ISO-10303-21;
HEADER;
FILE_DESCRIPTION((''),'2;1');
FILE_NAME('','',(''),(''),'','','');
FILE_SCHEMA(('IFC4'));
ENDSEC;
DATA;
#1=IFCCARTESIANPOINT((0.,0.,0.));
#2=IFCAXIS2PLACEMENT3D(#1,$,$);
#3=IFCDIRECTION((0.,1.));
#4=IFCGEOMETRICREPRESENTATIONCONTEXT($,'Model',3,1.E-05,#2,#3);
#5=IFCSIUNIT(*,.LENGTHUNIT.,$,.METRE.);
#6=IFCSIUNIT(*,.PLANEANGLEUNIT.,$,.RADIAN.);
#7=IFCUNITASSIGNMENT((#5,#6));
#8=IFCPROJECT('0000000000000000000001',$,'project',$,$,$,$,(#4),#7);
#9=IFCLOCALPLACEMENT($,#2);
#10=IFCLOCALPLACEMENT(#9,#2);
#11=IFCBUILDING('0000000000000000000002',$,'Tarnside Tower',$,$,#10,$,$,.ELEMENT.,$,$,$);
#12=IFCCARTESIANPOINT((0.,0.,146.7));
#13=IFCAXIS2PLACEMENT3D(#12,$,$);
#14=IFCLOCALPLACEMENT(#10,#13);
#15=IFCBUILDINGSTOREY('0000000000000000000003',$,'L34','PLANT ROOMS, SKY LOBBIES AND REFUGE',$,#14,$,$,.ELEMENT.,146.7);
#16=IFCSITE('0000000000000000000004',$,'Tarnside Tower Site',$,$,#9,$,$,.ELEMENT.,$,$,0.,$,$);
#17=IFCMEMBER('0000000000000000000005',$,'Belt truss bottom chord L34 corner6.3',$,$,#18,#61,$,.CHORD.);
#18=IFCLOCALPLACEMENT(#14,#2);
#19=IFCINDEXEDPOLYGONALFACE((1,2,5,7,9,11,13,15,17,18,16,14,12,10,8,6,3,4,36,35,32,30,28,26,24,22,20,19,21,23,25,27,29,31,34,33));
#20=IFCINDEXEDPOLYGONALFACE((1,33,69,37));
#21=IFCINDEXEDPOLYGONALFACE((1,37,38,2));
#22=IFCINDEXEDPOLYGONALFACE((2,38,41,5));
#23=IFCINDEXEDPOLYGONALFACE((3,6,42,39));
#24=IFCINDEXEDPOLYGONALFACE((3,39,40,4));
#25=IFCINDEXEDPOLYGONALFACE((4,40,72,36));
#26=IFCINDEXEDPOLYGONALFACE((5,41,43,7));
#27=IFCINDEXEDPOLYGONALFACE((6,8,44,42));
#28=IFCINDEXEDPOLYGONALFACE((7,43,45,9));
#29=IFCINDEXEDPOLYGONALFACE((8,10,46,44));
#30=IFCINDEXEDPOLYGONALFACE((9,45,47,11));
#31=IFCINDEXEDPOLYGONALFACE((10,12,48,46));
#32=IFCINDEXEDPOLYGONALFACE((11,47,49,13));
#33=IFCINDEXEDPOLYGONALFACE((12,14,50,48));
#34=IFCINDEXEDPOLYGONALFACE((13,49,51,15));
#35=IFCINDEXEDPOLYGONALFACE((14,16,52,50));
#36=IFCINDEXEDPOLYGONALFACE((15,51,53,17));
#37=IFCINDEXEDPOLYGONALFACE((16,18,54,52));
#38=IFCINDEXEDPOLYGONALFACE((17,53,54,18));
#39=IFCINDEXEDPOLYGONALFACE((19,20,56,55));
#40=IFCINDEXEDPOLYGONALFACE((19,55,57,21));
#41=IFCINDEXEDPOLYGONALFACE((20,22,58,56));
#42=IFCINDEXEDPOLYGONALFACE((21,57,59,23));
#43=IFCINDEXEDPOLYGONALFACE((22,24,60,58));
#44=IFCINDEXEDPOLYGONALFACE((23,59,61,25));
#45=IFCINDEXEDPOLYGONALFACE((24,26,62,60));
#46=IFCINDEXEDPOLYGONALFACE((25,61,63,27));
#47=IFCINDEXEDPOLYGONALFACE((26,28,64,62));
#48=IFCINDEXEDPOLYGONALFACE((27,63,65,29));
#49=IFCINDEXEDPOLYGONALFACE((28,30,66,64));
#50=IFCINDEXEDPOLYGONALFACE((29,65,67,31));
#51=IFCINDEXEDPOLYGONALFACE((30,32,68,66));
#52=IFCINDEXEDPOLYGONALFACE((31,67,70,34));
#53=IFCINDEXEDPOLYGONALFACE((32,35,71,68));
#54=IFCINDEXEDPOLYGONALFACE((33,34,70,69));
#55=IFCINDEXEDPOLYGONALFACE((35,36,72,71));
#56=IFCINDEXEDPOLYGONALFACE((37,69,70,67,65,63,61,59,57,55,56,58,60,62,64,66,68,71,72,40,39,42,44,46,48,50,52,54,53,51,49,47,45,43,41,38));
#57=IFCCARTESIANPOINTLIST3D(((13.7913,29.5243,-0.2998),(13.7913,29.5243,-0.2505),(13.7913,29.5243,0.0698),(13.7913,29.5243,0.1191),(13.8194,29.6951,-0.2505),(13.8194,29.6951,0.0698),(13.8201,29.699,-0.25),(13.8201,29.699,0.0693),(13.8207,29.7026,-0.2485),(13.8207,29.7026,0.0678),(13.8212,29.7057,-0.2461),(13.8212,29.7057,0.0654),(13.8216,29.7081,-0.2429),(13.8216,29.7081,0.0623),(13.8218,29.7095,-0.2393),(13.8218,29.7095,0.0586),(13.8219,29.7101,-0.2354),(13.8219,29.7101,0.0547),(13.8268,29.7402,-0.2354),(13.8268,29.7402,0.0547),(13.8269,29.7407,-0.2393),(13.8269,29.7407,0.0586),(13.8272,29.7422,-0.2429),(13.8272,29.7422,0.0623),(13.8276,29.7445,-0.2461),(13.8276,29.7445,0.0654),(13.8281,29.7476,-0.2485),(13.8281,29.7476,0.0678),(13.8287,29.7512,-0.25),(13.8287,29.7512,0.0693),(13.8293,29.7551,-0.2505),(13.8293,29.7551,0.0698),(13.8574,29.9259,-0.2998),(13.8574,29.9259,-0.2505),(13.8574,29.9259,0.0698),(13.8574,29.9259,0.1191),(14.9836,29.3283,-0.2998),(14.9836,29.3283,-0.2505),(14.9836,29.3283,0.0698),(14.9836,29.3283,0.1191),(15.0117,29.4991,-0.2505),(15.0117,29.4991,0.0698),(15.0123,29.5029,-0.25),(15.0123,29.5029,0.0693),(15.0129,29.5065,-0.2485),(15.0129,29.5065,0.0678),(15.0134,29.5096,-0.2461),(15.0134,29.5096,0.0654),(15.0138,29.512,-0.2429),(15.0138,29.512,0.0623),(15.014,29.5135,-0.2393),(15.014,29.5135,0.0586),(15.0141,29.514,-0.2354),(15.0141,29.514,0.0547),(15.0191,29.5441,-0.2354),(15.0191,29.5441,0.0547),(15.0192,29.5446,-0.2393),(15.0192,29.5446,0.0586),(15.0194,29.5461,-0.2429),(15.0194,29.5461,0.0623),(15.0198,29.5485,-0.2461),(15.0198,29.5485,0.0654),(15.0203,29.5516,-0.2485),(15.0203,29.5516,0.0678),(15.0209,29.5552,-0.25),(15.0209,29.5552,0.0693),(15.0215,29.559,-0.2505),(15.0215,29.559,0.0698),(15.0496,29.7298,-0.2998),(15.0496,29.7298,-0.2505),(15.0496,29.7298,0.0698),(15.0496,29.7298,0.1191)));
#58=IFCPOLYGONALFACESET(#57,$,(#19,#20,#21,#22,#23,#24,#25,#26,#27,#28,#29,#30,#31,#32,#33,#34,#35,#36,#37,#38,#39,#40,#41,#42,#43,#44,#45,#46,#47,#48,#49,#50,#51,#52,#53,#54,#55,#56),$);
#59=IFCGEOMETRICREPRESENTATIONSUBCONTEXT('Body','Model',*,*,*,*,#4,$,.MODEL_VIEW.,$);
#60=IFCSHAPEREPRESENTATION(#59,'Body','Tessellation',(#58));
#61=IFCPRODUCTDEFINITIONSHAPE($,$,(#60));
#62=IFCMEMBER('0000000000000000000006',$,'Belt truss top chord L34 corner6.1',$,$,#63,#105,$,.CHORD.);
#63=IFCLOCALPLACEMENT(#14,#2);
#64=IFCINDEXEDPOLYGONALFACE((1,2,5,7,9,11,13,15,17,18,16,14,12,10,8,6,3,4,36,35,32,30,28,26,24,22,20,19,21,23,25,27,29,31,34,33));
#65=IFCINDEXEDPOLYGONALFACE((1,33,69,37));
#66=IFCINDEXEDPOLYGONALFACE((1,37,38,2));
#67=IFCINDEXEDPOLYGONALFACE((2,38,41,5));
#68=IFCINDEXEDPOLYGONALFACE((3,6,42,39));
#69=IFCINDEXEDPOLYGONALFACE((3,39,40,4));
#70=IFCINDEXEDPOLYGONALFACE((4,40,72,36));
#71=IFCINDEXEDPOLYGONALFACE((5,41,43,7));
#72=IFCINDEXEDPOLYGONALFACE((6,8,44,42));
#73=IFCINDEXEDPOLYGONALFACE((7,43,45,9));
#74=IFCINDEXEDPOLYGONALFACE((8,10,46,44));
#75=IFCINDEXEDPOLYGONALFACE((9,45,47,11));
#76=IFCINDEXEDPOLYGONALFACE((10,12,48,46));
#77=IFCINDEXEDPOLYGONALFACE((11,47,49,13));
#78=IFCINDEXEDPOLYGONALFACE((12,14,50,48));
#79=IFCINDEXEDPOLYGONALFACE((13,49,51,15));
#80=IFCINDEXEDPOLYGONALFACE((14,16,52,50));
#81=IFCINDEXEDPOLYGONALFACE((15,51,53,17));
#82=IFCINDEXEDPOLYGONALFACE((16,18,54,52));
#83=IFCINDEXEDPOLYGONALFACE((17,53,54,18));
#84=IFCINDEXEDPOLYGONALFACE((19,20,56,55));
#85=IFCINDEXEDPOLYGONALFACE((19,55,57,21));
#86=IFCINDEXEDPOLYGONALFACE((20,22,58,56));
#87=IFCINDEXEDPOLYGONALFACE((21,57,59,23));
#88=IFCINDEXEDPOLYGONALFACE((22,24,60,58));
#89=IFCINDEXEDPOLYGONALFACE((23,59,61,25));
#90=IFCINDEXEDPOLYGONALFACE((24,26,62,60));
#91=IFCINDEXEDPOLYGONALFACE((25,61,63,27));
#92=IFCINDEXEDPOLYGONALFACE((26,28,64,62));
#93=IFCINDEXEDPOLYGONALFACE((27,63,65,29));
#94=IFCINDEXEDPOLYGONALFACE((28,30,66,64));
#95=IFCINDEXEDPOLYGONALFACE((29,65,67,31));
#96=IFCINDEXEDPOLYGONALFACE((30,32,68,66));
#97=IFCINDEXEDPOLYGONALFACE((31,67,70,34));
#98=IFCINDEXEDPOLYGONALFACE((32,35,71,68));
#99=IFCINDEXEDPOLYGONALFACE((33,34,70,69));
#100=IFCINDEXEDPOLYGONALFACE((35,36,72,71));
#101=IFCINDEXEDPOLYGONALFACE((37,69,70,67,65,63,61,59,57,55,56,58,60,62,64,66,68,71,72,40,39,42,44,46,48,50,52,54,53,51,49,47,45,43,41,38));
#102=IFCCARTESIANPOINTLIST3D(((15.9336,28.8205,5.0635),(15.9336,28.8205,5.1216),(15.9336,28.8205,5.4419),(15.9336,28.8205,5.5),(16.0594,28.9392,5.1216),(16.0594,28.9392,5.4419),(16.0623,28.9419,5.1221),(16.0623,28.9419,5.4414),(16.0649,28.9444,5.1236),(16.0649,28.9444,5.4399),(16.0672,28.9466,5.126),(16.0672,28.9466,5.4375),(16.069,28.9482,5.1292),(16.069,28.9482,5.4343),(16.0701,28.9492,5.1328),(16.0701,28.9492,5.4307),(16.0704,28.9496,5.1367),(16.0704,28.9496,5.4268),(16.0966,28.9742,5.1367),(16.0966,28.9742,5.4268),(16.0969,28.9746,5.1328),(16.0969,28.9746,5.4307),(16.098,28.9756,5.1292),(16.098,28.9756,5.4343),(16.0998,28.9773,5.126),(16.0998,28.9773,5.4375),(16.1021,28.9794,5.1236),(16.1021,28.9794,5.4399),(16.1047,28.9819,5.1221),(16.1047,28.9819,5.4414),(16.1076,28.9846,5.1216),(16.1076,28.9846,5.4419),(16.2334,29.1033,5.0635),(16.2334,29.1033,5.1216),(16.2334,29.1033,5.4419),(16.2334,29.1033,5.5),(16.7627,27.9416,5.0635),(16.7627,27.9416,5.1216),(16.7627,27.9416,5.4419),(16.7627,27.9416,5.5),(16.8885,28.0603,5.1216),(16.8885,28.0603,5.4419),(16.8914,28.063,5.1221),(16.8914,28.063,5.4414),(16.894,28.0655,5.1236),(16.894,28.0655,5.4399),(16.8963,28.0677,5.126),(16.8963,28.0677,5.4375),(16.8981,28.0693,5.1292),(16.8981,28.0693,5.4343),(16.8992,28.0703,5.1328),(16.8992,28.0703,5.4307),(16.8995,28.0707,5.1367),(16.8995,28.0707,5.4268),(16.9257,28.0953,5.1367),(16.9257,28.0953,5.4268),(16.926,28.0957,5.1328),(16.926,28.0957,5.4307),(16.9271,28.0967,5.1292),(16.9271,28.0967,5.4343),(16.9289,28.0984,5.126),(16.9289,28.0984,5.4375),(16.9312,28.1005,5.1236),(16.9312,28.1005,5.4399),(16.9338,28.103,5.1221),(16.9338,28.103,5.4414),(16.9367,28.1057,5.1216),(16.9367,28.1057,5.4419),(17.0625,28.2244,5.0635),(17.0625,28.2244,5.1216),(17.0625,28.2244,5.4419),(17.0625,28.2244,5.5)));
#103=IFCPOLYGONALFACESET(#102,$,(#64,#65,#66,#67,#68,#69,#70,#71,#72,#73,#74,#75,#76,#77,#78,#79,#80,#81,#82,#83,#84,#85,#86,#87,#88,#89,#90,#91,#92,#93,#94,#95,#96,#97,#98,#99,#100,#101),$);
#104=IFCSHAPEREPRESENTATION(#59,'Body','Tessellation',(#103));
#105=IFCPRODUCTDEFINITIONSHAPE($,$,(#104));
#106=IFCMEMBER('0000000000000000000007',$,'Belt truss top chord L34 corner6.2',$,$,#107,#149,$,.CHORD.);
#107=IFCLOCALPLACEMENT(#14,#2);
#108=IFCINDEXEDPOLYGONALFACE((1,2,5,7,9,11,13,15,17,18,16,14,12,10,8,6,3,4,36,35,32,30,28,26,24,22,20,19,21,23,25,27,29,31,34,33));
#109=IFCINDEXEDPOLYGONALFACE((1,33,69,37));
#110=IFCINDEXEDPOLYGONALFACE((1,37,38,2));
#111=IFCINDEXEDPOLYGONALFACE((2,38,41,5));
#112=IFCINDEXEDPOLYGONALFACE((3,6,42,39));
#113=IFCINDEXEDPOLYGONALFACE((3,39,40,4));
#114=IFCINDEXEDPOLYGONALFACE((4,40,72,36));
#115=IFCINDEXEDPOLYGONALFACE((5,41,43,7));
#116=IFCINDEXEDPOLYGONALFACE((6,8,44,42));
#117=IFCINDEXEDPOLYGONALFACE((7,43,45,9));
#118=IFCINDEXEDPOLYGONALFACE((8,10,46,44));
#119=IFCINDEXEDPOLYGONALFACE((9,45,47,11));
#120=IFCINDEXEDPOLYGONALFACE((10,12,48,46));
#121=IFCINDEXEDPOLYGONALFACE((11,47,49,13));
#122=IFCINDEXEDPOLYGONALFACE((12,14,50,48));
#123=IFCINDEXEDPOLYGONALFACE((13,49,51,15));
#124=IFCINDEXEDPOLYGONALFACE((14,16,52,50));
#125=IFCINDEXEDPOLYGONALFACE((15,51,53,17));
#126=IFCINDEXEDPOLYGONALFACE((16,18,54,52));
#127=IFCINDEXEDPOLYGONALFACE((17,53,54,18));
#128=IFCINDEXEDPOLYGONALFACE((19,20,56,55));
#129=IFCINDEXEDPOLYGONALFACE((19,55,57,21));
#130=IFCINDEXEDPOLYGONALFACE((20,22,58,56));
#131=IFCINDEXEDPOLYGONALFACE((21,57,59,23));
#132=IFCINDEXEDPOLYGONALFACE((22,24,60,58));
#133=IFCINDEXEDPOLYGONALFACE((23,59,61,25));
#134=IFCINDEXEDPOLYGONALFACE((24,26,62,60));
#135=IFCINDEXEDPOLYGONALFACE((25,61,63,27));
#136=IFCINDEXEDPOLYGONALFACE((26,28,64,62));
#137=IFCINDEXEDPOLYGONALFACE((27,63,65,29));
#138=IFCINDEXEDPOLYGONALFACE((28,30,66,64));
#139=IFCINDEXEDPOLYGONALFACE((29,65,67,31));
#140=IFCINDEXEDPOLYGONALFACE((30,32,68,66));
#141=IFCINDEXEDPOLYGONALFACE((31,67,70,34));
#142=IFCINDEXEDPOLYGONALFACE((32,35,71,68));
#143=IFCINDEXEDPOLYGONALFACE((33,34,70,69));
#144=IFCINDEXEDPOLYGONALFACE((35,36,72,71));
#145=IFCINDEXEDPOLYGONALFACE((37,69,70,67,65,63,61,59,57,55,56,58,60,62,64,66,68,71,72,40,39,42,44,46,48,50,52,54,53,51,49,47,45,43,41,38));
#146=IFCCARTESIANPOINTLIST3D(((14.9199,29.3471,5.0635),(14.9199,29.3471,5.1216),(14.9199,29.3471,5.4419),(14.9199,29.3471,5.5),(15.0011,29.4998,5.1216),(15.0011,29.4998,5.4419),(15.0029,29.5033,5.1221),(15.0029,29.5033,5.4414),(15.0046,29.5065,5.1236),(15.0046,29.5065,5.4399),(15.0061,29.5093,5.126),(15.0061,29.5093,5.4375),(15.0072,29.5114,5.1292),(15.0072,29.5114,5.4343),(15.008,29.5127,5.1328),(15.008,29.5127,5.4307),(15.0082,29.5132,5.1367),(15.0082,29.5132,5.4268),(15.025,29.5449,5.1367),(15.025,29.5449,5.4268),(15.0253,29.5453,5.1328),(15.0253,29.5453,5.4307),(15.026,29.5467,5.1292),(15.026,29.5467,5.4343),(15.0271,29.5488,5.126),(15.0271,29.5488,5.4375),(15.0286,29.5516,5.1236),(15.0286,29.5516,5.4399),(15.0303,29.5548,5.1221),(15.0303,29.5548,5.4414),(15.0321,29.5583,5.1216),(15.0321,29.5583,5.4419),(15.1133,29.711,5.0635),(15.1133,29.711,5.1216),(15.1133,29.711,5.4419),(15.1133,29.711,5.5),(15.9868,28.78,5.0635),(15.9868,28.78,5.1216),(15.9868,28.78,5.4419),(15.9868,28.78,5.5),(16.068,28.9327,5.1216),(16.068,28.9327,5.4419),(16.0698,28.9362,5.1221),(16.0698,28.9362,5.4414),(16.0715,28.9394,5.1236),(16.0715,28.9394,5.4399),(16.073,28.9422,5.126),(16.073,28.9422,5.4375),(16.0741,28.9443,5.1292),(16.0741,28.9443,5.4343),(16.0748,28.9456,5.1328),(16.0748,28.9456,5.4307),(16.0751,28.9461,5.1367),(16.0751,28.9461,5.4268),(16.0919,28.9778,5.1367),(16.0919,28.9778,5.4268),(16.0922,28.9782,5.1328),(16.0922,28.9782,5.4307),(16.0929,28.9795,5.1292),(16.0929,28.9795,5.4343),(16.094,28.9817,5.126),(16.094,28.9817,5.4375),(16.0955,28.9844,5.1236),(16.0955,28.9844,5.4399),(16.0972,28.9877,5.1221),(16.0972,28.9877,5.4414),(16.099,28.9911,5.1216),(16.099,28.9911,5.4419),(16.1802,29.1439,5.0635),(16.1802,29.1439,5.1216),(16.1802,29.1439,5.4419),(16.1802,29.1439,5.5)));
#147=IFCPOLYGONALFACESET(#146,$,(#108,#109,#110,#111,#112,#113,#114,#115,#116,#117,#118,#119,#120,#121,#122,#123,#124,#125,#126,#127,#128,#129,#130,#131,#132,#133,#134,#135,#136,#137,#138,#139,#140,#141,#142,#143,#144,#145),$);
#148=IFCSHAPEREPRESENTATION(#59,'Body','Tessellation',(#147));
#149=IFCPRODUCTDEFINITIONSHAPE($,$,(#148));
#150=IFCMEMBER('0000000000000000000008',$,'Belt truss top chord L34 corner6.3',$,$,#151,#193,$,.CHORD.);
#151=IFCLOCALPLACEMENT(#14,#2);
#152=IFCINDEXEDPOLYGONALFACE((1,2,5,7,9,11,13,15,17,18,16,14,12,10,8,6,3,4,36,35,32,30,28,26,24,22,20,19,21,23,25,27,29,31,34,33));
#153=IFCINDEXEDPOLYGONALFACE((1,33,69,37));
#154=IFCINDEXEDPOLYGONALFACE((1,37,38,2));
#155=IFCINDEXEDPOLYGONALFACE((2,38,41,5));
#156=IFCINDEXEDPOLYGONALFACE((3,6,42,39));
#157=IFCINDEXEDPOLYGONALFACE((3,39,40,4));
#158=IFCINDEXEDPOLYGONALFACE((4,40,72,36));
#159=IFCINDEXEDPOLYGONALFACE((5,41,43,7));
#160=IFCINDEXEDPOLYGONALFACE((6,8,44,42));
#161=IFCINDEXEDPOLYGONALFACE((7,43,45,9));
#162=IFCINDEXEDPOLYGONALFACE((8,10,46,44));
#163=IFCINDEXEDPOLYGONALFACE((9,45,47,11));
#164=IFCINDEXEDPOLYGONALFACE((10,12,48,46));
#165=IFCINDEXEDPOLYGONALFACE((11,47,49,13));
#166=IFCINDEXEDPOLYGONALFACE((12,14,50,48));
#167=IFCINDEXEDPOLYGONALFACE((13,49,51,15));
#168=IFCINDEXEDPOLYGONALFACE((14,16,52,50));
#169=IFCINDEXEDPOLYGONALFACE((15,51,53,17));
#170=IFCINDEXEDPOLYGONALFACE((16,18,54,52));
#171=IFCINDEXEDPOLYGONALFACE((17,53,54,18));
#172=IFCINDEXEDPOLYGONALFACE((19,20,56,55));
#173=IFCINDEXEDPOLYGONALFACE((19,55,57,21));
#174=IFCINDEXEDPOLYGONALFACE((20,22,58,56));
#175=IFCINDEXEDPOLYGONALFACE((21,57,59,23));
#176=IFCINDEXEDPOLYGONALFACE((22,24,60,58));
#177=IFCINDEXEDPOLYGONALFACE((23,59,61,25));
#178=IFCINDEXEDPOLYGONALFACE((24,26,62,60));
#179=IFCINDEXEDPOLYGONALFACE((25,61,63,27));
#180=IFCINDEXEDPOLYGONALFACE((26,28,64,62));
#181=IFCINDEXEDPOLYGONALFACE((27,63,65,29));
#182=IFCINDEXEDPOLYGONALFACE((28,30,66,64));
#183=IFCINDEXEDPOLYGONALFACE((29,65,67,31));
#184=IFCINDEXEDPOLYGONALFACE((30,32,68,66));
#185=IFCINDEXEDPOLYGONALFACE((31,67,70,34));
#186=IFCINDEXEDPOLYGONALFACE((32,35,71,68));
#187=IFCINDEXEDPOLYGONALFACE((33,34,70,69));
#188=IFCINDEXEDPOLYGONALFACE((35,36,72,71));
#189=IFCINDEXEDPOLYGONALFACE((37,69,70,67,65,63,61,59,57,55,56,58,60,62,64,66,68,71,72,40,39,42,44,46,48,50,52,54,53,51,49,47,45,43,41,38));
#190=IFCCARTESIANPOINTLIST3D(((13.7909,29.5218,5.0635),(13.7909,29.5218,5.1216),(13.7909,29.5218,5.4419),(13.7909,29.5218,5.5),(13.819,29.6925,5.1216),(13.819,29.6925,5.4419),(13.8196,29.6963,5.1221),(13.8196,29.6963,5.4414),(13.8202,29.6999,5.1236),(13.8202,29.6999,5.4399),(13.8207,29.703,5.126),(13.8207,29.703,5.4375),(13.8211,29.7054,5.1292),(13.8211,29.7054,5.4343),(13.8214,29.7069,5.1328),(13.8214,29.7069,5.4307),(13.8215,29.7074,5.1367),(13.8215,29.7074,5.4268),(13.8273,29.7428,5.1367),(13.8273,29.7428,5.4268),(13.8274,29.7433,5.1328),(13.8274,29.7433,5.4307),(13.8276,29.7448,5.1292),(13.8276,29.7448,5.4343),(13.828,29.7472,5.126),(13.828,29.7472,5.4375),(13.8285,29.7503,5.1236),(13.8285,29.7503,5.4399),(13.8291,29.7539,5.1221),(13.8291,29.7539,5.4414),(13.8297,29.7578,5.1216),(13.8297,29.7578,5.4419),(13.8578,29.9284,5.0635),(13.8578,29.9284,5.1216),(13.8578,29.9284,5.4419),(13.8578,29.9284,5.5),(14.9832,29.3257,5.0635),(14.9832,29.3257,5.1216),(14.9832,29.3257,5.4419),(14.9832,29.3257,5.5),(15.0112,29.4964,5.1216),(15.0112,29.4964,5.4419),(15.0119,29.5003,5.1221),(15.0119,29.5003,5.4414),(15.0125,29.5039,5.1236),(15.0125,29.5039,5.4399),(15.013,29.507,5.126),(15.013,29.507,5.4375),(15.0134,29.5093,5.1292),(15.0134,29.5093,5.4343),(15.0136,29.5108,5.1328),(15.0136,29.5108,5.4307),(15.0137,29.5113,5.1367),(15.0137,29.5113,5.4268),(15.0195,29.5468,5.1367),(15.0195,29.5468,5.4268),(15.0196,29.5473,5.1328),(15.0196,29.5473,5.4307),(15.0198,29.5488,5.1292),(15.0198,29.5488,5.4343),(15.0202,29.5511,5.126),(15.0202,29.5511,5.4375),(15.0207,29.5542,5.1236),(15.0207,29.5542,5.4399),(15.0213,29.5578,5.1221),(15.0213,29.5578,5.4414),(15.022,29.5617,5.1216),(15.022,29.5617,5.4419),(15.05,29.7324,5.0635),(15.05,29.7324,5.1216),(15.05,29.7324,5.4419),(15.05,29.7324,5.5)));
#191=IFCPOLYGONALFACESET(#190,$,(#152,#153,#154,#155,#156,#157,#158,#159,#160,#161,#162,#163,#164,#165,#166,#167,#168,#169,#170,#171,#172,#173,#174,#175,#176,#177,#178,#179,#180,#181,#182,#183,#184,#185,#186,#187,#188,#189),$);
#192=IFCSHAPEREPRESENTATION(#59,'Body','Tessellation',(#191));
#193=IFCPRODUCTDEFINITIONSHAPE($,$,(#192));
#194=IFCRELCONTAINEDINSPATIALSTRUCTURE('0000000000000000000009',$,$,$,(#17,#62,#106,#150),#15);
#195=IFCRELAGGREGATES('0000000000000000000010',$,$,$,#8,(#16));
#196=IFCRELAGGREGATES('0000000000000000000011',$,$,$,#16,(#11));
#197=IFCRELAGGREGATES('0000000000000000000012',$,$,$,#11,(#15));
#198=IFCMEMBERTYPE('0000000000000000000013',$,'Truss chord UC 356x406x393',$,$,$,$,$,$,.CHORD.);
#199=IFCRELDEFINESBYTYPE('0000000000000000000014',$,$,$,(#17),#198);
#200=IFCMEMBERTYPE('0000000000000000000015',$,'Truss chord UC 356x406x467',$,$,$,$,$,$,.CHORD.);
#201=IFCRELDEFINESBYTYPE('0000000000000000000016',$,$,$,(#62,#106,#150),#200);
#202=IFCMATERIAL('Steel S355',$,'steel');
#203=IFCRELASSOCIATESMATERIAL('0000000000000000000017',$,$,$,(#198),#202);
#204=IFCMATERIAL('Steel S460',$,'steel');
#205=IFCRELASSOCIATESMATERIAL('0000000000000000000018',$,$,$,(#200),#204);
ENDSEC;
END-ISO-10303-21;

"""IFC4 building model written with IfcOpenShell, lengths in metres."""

from ifc_helpers import new_model, si_unit, direction, frame, origin, origin_2d, place, context, subcontext, project, spatial, i_section, extrude, material, material_profile, profile_set, type_object, element, save


model = new_model("IFC4")

# Units and contexts
model_context = context("Model", 3, precision=1e-05, world=origin(), true_north=direction((0.0, 1.0)))
body_context = subcontext(model_context, "Body", "Model", "MODEL_VIEW")
ifc_project = project(units=[si_unit("LENGTHUNIT", "METRE"), si_unit("PLANEANGLEUNIT", "RADIAN")], contexts=[model_context])

# Site, building, storey
site_placement = place(None, origin())
site = spatial("IfcSite", under=ifc_project, at=site_placement, Name="Tarnside Tower Site", CompositionType="ELEMENT", RefElevation=0.0)
building_placement = place(site_placement, origin())
building = spatial("IfcBuilding", under=site, at=building_placement, Name="Tarnside Tower", CompositionType="ELEMENT")
storey_placement = place(building_placement, frame((0.0, 0.0, 146.7)))
storey = spatial("IfcBuildingStorey", under=building, at=storey_placement, Name="L34", Description="PLANT ROOMS, SKY LOBBIES AND REFUGE", CompositionType="ELEMENT", Elevation=146.7)

# Shared definitions
ifc_material_1 = material(Name="Steel S355", Category="steel")

# Members
ifc_material_profile_1 = material_profile(ifc_material_1, i_section(OverallWidth=0.407, OverallDepth=0.4189, WebThickness=0.0305, FlangeThickness=0.0493, FilletRadius=0.0151, at=origin_2d()), Name="UC 356x406x393")
ifc_profile_set_1 = profile_set([ifc_material_profile_1], Name="Steel S355")
member_type_1 = type_object("IfcMemberType", Name="Truss chord UC 356x406x393", PredefinedType="CHORD", material=ifc_profile_set_1)
for number, where, z_axis, x_axis, name in (
    (1, (15.0166, 29.5291, -0.0903), (-0.986747, 0.162269, 0.0), (-0.162269, -0.986747, 0.0), "Belt truss bottom chord L34 corner6.3"),
):
    element("IfcMember", number, at=place(storey_placement, frame(where, z_axis=z_axis, x_axis=x_axis)), inside=storey, type_object=member_type_1, Name=name, PredefinedType="CHORD", context=body_context, shape_type="SweptSolid", body=[
        extrude(i_section(OverallWidth=0.407, OverallDepth=0.4189, WebThickness=0.0305, FlangeThickness=0.0493, FilletRadius=0.0151, at=origin_2d()), origin(), (0.0, 0.0, 1.0), 1.2083),
    ])
ifc_material_2 = material(Name="Steel S460", Category="steel")
ifc_material_profile_2 = material_profile(ifc_material_2, i_section(OverallWidth=0.4121, OverallDepth=0.4365, WebThickness=0.0359, FlangeThickness=0.0581, FilletRadius=0.0151, at=origin_2d()), Name="UC 356x406x467")
ifc_profile_set_2 = profile_set([ifc_material_profile_2], Name="Steel S460")
member_type_2 = type_object("IfcMemberType", Name="Truss chord UC 356x406x467", PredefinedType="CHORD", material=ifc_profile_set_2)
for number, where, z_axis, x_axis, name in (
    (2, (16.9126, 28.083, 5.2817), (-0.686196, 0.727416, 0.0), (-0.727416, -0.686196, 0.0), "Belt truss top chord L34 corner6.1"),
    (3, (16.0835, 28.9619, 5.2817), (-0.882995, 0.469382, 0.0), (-0.469382, -0.882995, 0.0), "Belt truss top chord L34 corner6.2"),
    (4, (15.0166, 29.5291, 5.2817), (-0.986747, 0.162269, 0.0), (-0.162269, -0.986747, 0.0), "Belt truss top chord L34 corner6.3"),
):
    element("IfcMember", number, at=place(storey_placement, frame(where, z_axis=z_axis, x_axis=x_axis)), inside=storey, type_object=member_type_2, Name=name, PredefinedType="CHORD", context=body_context, shape_type="SweptSolid", body=[
        extrude(i_section(OverallWidth=0.4121, OverallDepth=0.4365, WebThickness=0.0359, FlangeThickness=0.0581, FilletRadius=0.0151, at=origin_2d()), origin(), (0.0, 0.0, 1.0), 1.2083),
    ])

save(model, "model.ifc")
